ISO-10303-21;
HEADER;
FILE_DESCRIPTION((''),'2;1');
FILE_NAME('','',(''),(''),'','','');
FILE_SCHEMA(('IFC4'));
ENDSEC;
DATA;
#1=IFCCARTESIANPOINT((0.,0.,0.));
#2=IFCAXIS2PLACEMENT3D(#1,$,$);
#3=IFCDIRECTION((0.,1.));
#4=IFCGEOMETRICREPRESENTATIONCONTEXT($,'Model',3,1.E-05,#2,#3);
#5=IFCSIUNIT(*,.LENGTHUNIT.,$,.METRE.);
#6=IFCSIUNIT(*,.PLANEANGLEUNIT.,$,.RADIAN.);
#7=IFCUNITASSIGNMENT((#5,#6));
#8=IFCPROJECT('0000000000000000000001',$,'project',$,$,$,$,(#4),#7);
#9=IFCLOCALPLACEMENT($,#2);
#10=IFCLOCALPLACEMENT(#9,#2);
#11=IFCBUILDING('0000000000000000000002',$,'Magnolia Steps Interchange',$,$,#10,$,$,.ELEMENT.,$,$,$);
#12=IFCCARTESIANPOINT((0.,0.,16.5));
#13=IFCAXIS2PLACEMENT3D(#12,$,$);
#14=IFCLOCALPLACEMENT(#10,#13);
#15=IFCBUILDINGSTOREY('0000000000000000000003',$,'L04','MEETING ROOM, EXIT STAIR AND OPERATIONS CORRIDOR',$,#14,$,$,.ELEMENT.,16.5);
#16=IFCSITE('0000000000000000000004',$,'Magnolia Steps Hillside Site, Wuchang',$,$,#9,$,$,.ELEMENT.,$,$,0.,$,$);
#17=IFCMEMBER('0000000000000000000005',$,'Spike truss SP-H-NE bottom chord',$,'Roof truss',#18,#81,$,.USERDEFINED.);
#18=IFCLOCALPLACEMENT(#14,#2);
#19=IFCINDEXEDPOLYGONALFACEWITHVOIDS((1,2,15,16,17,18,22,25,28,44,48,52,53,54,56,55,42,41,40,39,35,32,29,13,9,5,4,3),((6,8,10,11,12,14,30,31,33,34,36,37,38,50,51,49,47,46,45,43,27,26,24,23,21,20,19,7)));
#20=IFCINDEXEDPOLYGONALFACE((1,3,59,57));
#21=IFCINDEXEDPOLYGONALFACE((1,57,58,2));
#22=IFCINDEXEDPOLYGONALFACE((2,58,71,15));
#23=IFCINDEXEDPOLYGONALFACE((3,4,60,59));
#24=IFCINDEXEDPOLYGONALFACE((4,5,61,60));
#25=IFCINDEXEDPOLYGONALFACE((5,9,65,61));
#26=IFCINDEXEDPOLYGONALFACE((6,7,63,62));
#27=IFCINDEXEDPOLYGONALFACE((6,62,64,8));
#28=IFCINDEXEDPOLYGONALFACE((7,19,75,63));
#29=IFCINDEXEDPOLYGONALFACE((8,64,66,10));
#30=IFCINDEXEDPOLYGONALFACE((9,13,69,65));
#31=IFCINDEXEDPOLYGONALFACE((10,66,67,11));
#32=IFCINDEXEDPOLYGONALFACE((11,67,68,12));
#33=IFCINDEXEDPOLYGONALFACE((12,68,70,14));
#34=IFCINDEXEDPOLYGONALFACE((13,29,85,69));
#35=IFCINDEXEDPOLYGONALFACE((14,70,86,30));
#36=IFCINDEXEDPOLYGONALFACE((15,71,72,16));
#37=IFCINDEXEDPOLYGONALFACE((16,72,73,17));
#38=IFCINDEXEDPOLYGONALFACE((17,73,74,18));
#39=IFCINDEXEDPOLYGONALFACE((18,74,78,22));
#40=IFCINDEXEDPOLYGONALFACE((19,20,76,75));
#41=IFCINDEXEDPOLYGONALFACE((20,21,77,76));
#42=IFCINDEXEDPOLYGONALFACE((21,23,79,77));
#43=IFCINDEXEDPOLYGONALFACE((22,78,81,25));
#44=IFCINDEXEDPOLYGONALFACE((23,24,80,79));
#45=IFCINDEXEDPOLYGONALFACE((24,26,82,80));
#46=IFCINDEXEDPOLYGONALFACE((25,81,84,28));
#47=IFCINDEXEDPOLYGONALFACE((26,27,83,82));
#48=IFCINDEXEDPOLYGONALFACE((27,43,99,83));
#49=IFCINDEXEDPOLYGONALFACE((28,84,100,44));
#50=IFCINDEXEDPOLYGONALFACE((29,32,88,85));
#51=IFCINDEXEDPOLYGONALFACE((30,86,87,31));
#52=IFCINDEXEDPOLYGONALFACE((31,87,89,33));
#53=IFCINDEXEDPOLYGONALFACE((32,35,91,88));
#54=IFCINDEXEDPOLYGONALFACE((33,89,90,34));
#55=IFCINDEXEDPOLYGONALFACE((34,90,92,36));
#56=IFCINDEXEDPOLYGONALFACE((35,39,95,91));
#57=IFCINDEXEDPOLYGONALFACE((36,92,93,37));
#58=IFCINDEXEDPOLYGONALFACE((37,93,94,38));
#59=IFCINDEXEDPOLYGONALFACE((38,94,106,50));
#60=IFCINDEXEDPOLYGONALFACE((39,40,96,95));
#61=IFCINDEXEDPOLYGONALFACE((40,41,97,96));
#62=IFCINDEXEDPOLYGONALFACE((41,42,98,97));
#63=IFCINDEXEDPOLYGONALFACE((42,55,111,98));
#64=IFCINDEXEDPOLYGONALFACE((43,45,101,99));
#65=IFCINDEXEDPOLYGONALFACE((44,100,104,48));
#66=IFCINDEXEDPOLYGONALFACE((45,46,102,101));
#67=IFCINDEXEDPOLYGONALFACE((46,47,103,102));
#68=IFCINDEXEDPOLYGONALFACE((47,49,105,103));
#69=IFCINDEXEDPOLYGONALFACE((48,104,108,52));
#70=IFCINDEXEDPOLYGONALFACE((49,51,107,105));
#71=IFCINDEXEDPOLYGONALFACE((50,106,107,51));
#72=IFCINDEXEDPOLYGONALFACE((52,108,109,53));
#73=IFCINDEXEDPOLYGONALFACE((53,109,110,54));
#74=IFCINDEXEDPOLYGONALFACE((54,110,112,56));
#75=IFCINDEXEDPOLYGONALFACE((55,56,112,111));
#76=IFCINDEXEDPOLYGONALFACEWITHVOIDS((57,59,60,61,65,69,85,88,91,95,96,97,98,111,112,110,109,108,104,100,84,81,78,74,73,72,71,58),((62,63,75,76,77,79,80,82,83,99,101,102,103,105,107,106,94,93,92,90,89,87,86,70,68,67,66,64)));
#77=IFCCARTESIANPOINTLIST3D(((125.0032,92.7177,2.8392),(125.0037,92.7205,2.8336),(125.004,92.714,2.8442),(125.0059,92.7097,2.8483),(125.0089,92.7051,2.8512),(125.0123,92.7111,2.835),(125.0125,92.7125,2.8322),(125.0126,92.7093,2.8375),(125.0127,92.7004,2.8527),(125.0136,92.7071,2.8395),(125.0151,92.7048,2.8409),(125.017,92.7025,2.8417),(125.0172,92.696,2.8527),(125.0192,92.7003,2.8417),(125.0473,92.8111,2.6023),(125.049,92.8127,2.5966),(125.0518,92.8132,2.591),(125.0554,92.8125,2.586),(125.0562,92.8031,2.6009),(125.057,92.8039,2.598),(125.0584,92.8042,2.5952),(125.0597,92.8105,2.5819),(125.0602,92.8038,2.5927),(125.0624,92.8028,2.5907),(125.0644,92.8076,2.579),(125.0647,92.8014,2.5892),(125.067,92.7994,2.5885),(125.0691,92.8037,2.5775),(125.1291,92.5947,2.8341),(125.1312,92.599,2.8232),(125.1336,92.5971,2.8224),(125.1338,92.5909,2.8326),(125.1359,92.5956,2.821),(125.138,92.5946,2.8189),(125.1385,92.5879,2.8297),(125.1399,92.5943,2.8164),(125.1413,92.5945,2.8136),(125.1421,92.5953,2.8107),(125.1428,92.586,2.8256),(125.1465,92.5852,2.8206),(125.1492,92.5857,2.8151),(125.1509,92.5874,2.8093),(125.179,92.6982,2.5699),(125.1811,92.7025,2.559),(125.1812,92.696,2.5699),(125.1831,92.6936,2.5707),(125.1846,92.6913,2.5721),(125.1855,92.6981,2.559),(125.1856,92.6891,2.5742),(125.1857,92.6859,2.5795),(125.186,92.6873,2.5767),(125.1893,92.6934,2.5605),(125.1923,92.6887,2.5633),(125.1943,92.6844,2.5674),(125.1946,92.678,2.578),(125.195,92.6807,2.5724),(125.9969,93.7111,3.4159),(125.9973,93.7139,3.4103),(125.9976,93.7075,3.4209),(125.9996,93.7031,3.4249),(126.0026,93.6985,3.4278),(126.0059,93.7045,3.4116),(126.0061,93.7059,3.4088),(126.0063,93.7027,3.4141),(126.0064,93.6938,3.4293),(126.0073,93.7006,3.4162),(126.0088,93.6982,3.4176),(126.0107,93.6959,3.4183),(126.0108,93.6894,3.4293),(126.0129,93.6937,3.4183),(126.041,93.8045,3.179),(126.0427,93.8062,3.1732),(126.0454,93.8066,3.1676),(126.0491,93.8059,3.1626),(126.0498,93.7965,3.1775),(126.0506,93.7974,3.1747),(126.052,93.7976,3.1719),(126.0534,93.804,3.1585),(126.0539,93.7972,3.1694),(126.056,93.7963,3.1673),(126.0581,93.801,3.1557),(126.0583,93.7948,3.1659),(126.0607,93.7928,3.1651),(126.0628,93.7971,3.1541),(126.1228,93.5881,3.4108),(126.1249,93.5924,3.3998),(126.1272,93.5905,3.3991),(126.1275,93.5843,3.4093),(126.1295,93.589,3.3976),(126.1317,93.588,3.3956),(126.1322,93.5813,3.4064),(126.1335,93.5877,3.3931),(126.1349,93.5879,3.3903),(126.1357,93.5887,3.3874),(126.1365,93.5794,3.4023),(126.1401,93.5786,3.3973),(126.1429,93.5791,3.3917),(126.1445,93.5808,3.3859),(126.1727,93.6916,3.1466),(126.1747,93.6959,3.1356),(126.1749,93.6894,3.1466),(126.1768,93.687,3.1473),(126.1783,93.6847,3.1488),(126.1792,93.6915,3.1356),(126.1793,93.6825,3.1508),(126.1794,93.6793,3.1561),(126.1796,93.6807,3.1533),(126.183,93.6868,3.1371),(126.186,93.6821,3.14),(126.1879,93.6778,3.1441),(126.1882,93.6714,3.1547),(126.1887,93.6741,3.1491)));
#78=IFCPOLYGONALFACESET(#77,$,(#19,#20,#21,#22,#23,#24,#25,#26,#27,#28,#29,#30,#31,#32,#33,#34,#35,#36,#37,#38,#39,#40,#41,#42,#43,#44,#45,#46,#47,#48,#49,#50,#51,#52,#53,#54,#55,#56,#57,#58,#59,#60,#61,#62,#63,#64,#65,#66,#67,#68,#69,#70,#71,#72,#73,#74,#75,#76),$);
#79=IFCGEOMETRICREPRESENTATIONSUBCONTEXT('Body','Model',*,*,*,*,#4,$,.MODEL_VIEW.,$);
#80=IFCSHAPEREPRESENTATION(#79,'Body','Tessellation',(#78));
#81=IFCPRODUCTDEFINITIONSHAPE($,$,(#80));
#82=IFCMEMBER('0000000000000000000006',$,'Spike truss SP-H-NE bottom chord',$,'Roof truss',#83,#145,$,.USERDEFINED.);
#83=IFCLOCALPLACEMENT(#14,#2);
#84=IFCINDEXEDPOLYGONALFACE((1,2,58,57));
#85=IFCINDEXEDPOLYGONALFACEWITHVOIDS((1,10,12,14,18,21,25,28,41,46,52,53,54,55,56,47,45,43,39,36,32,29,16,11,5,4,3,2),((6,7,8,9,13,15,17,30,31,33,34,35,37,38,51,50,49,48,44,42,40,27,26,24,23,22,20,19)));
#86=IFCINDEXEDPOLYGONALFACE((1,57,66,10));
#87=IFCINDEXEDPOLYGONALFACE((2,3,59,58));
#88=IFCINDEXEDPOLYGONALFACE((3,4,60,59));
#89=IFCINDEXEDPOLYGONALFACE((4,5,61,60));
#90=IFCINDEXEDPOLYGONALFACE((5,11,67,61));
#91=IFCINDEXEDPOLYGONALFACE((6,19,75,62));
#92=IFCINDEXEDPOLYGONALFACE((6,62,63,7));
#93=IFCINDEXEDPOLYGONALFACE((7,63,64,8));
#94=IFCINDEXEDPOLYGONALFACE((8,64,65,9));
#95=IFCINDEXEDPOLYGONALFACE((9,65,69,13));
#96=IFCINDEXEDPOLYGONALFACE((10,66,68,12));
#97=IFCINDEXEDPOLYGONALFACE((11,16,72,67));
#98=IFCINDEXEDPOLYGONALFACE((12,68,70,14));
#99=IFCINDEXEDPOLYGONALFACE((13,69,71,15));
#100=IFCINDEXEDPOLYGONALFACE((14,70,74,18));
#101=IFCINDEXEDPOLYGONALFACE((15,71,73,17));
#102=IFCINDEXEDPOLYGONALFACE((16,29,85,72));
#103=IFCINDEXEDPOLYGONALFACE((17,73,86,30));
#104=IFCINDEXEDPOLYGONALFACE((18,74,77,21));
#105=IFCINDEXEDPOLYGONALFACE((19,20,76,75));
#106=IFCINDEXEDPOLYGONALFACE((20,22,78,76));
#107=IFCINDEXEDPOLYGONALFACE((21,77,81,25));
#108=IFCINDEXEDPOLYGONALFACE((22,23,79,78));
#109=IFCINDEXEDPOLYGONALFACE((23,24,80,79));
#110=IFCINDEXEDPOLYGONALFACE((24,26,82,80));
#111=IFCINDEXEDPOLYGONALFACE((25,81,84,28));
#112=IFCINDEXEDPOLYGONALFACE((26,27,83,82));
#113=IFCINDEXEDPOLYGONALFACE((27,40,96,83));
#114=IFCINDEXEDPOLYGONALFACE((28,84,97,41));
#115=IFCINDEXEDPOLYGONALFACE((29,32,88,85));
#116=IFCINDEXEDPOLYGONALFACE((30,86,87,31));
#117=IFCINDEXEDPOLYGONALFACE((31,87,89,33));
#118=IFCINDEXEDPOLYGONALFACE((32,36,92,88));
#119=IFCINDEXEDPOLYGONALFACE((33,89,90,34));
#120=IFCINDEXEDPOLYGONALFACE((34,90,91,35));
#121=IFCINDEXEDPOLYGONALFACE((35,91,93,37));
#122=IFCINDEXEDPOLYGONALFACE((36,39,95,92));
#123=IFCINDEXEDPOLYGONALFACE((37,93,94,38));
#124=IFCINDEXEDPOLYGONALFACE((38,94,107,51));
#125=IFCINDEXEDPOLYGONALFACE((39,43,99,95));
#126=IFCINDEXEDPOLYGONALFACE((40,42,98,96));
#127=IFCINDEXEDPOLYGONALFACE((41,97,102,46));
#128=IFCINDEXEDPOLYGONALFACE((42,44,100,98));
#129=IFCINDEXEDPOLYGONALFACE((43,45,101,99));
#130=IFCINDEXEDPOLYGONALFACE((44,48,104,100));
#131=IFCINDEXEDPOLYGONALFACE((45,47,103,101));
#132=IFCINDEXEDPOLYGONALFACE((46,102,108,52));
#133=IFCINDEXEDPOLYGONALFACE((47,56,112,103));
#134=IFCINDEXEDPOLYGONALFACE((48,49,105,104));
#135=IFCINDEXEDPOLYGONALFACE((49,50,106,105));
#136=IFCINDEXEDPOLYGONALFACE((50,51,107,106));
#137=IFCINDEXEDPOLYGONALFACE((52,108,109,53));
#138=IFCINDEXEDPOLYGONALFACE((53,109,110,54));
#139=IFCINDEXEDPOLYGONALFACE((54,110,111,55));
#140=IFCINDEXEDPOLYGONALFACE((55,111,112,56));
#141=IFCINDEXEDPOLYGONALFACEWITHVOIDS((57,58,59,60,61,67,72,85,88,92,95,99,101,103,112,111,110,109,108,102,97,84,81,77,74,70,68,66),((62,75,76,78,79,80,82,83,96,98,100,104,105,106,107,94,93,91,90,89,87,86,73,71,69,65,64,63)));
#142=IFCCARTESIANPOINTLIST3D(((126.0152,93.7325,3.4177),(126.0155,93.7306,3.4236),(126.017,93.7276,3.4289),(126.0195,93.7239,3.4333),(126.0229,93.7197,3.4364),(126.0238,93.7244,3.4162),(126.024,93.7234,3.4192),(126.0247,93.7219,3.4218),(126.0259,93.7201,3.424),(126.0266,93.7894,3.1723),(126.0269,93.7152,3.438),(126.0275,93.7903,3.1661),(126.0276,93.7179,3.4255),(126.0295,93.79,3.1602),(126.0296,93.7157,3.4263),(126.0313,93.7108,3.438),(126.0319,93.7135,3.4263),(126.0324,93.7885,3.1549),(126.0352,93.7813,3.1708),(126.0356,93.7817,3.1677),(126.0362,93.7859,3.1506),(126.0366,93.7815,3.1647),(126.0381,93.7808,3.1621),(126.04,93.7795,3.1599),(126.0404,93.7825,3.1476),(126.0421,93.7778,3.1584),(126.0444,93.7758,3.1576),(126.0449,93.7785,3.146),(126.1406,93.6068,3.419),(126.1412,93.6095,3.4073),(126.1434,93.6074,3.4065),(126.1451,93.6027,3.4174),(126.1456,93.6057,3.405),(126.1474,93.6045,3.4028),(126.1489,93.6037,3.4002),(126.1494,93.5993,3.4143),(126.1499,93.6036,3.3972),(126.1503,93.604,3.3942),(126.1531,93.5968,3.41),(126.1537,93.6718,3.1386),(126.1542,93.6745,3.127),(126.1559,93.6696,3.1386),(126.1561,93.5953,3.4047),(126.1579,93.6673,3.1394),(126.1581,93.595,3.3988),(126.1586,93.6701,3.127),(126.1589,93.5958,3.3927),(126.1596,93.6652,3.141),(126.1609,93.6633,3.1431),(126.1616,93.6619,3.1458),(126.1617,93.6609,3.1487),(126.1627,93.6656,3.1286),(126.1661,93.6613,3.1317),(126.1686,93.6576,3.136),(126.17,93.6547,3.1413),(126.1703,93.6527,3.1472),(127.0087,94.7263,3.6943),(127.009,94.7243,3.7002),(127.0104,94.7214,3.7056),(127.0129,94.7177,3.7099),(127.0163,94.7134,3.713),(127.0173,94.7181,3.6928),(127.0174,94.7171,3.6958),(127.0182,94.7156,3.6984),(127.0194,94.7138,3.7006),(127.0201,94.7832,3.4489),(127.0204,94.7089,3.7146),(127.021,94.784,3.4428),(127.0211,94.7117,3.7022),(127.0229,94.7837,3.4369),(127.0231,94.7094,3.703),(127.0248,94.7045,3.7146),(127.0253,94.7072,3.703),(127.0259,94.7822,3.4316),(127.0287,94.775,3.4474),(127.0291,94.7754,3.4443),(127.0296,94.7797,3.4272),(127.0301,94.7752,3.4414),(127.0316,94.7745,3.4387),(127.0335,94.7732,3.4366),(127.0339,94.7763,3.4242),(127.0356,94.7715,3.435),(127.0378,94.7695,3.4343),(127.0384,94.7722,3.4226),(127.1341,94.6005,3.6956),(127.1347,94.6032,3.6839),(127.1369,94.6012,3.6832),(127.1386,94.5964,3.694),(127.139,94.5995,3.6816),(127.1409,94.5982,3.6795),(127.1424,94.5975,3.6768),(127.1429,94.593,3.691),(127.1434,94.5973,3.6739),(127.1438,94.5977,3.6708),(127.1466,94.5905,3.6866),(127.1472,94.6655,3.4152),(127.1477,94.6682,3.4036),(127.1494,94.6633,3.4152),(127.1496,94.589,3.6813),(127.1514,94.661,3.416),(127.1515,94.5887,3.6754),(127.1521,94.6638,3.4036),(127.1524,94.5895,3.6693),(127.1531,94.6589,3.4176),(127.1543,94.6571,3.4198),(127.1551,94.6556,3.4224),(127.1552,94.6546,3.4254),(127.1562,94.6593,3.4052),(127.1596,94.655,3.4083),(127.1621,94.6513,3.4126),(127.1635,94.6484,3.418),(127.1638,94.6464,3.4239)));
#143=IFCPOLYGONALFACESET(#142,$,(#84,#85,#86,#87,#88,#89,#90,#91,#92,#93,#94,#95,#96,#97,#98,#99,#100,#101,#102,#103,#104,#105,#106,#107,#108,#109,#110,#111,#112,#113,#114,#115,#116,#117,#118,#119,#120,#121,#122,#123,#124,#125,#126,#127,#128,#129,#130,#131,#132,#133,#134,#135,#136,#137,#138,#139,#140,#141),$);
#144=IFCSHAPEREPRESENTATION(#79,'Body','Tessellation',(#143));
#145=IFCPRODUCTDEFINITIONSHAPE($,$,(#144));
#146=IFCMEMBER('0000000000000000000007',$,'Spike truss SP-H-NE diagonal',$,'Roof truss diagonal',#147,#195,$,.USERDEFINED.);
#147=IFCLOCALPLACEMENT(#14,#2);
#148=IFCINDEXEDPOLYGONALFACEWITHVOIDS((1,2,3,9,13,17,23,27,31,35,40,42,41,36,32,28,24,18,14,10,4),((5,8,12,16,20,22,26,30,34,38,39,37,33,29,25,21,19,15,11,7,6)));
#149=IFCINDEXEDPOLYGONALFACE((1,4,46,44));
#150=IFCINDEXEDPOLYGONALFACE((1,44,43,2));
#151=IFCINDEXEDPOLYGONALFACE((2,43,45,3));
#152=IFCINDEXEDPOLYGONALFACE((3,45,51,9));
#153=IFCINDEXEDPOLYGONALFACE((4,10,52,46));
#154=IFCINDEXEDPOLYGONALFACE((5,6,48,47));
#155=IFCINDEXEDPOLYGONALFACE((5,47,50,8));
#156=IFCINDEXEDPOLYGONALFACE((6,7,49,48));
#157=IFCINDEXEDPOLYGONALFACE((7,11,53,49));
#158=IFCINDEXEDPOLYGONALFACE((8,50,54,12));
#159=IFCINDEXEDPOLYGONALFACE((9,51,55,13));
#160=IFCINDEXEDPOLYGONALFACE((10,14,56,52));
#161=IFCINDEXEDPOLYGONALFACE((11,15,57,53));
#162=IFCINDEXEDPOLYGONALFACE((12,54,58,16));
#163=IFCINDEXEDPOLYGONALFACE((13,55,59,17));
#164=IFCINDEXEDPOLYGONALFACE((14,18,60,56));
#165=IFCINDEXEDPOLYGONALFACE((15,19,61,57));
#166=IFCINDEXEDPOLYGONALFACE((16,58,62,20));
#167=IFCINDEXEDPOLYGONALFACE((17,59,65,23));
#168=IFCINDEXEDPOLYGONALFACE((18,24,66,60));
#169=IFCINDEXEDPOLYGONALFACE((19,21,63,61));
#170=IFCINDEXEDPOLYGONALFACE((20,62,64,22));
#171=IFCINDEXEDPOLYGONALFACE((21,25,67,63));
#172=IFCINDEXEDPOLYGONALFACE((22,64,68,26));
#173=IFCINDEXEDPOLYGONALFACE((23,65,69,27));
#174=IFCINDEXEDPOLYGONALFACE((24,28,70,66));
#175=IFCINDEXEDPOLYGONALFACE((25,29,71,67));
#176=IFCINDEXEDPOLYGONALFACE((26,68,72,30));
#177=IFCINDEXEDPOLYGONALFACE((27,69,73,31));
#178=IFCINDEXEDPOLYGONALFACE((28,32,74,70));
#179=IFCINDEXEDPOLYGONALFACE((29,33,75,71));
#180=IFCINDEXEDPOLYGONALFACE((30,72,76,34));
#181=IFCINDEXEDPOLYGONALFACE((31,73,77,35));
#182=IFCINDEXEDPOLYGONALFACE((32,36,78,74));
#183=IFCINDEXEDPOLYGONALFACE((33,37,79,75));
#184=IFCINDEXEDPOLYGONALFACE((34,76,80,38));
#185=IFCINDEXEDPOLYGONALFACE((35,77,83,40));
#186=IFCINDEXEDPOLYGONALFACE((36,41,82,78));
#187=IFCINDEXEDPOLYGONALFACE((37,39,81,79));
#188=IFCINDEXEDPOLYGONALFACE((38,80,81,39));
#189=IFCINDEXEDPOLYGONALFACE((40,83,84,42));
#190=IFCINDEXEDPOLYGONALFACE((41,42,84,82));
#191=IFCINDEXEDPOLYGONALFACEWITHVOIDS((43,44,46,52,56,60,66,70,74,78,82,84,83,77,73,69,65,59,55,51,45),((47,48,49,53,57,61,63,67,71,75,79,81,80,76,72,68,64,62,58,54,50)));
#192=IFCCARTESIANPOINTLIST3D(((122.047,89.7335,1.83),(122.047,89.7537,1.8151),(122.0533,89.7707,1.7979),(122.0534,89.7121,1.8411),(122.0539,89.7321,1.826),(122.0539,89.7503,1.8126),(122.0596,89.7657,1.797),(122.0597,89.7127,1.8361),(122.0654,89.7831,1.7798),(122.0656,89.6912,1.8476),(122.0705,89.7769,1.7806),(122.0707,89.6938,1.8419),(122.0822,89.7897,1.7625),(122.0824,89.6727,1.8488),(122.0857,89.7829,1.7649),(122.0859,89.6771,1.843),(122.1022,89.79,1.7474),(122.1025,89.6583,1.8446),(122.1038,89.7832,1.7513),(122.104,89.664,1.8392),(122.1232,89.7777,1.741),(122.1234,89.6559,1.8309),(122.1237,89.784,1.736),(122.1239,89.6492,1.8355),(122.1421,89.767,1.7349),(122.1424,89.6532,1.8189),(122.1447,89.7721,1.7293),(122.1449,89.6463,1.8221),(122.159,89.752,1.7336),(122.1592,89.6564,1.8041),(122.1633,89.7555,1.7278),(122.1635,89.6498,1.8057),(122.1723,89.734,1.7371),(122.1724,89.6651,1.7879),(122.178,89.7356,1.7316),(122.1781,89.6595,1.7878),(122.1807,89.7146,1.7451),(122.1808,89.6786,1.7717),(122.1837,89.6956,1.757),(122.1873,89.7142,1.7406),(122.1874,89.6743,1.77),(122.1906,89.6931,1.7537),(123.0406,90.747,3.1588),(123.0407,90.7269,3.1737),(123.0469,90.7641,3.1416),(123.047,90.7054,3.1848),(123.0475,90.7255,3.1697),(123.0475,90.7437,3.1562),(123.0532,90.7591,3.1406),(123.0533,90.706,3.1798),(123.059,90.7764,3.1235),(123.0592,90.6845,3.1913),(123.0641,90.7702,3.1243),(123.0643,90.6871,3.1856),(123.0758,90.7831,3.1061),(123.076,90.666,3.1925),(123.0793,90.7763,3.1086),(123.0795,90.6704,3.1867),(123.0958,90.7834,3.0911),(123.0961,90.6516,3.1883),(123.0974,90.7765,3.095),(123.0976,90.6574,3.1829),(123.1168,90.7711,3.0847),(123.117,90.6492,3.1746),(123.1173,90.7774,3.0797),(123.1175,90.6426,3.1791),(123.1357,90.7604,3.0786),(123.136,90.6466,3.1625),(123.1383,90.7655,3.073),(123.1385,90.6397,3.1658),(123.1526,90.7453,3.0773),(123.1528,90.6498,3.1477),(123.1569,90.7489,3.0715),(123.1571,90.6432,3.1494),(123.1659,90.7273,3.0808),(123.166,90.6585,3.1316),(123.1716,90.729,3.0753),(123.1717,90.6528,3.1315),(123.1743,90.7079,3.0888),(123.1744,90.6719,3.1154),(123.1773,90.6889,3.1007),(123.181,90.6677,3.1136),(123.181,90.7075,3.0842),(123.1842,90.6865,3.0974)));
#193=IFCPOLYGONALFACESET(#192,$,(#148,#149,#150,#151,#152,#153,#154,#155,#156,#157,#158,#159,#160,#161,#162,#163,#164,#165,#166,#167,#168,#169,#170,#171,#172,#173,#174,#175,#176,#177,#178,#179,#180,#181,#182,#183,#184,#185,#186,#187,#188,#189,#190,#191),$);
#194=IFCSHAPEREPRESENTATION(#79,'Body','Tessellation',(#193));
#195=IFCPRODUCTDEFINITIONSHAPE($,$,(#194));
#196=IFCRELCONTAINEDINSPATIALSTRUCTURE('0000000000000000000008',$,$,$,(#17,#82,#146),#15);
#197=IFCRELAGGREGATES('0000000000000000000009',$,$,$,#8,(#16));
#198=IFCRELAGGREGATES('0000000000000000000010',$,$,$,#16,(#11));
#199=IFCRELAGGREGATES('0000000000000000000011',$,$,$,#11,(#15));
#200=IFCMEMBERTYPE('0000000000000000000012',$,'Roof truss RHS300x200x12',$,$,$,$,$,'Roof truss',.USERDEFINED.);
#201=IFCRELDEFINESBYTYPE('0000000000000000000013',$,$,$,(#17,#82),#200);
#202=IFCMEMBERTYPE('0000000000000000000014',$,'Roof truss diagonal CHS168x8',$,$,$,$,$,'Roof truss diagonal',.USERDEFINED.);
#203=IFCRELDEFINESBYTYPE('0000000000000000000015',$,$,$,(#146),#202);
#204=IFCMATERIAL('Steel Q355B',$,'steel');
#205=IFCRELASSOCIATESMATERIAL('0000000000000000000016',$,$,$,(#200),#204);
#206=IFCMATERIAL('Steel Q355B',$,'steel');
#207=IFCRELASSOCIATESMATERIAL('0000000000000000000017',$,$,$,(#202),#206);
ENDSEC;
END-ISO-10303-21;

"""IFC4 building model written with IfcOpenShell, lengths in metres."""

from ifc_helpers import new_model, si_unit, direction, frame, origin, origin_2d, place, context, subcontext, project, spatial, hollow_rectangle, hollow_circle, extrude, material, material_profile, profile_set, type_object, element, save


model = new_model("IFC4")

# Units and contexts
model_context = context("Model", 3, precision=1e-05, world=origin(), true_north=direction((0.0, 1.0)))
body_context = subcontext(model_context, "Body", "Model", "MODEL_VIEW")
ifc_project = project(units=[si_unit("LENGTHUNIT", "METRE"), si_unit("PLANEANGLEUNIT", "RADIAN")], contexts=[model_context])

# Site, building, storey
site_placement = place(None, origin())
site = spatial("IfcSite", under=ifc_project, at=site_placement, Name="Magnolia Steps Hillside Site, Wuchang", CompositionType="ELEMENT", RefElevation=0.0)
building_placement = place(site_placement, origin())
building = spatial("IfcBuilding", under=site, at=building_placement, Name="Magnolia Steps Interchange", CompositionType="ELEMENT")
storey_placement = place(building_placement, frame((0.0, 0.0, 16.5)))
storey = spatial("IfcBuildingStorey", under=building, at=storey_placement, Name="L04", Description="MEETING ROOM, EXIT STAIR AND OPERATIONS CORRIDOR", CompositionType="ELEMENT", Elevation=16.5)

# Members
ifc_material_1 = material(Name="Steel Q355B", Category="steel")
ifc_material_profile_1 = material_profile(ifc_material_1, hollow_rectangle(XDim=0.2, YDim=0.3, WallThickness=0.012, InnerFilletRadius=0.012, OuterFilletRadius=0.0239, at=origin_2d()), Name="RHS300x200x12")
ifc_profile_set_1 = profile_set([ifc_material_profile_1], Name="Steel Q355B")
member_type_1 = type_object("IfcMemberType", Name="Roof truss RHS300x200x12", ElementType="Roof truss", PredefinedType="USERDEFINED", material=ifc_profile_set_1)
for number, where, z_axis, x_axis, name in (
    (1, (125.0991, 92.6992, 2.7058), (0.654237, 0.654076, 0.379682), (-0.73621, 0.66571, 0.121761), "Spike truss SP-H-NE bottom chord"),
):
    element("IfcMember", number, at=place(storey_placement, frame(where, z_axis=z_axis, x_axis=x_axis)), inside=storey, type_object=member_type_1, Name=name, ObjectType="Roof truss", PredefinedType="USERDEFINED", context=body_context, shape_type="SweptSolid", body=[
        extrude(hollow_rectangle(XDim=0.2, YDim=0.3, WallThickness=0.012, InnerFilletRadius=0.012, OuterFilletRadius=0.0239, at=origin_2d()), origin(), (0.0, 0.0, 1.0), 1.5188),
    ])
member_1_placement = place(storey_placement, frame((126.0928, 93.6926, 3.2825), z_axis=(0.693705, 0.693875, 0.19316), x_axis=(-0.718835, 0.683831, 0.125108)))
element("IfcMember", 2, at=member_1_placement, inside=storey, type_object=member_type_1, Name="Spike truss SP-H-NE bottom chord", ObjectType="Roof truss", PredefinedType="USERDEFINED", context=body_context, shape_type="SweptSolid", body=[
    extrude(hollow_rectangle(XDim=0.2, YDim=0.3, WallThickness=0.012, InnerFilletRadius=0.012, OuterFilletRadius=0.0239, at=origin_2d()), origin(), (0.0, 0.0, 1.0), 1.4321),
])
ifc_material_2 = material(Name="Steel Q355B", Category="steel")
ifc_material_profile_2 = material_profile(ifc_material_2, hollow_circle(Radius=0.084, WallThickness=0.0081, at=origin_2d()), Name="CHS168x8")
ifc_profile_set_2 = profile_set([ifc_material_profile_2], Name="Steel Q355B")
member_type_2 = type_object("IfcMemberType", Name="Roof truss diagonal CHS168x8", ElementType="Roof truss diagonal", PredefinedType="USERDEFINED", material=ifc_profile_set_2)
member_2_placement = place(storey_placement, frame((122.1184, 89.7185, 1.7883), z_axis=(0.511088, 0.510963, 0.691162), x_axis=(-0.775102, 0.621526, 0.113676)))
element("IfcMember", 3, at=member_2_placement, inside=storey, type_object=member_type_2, Name="Spike truss SP-H-NE diagonal", ObjectType="Roof truss diagonal", PredefinedType="USERDEFINED", context=body_context, shape_type="SweptSolid", body=[
    extrude(hollow_circle(Radius=0.084, WallThickness=0.0081, at=origin_2d()), origin(), (0.0, 0.0, 1.0), 1.9441),
])

save(model, "model.ifc")
